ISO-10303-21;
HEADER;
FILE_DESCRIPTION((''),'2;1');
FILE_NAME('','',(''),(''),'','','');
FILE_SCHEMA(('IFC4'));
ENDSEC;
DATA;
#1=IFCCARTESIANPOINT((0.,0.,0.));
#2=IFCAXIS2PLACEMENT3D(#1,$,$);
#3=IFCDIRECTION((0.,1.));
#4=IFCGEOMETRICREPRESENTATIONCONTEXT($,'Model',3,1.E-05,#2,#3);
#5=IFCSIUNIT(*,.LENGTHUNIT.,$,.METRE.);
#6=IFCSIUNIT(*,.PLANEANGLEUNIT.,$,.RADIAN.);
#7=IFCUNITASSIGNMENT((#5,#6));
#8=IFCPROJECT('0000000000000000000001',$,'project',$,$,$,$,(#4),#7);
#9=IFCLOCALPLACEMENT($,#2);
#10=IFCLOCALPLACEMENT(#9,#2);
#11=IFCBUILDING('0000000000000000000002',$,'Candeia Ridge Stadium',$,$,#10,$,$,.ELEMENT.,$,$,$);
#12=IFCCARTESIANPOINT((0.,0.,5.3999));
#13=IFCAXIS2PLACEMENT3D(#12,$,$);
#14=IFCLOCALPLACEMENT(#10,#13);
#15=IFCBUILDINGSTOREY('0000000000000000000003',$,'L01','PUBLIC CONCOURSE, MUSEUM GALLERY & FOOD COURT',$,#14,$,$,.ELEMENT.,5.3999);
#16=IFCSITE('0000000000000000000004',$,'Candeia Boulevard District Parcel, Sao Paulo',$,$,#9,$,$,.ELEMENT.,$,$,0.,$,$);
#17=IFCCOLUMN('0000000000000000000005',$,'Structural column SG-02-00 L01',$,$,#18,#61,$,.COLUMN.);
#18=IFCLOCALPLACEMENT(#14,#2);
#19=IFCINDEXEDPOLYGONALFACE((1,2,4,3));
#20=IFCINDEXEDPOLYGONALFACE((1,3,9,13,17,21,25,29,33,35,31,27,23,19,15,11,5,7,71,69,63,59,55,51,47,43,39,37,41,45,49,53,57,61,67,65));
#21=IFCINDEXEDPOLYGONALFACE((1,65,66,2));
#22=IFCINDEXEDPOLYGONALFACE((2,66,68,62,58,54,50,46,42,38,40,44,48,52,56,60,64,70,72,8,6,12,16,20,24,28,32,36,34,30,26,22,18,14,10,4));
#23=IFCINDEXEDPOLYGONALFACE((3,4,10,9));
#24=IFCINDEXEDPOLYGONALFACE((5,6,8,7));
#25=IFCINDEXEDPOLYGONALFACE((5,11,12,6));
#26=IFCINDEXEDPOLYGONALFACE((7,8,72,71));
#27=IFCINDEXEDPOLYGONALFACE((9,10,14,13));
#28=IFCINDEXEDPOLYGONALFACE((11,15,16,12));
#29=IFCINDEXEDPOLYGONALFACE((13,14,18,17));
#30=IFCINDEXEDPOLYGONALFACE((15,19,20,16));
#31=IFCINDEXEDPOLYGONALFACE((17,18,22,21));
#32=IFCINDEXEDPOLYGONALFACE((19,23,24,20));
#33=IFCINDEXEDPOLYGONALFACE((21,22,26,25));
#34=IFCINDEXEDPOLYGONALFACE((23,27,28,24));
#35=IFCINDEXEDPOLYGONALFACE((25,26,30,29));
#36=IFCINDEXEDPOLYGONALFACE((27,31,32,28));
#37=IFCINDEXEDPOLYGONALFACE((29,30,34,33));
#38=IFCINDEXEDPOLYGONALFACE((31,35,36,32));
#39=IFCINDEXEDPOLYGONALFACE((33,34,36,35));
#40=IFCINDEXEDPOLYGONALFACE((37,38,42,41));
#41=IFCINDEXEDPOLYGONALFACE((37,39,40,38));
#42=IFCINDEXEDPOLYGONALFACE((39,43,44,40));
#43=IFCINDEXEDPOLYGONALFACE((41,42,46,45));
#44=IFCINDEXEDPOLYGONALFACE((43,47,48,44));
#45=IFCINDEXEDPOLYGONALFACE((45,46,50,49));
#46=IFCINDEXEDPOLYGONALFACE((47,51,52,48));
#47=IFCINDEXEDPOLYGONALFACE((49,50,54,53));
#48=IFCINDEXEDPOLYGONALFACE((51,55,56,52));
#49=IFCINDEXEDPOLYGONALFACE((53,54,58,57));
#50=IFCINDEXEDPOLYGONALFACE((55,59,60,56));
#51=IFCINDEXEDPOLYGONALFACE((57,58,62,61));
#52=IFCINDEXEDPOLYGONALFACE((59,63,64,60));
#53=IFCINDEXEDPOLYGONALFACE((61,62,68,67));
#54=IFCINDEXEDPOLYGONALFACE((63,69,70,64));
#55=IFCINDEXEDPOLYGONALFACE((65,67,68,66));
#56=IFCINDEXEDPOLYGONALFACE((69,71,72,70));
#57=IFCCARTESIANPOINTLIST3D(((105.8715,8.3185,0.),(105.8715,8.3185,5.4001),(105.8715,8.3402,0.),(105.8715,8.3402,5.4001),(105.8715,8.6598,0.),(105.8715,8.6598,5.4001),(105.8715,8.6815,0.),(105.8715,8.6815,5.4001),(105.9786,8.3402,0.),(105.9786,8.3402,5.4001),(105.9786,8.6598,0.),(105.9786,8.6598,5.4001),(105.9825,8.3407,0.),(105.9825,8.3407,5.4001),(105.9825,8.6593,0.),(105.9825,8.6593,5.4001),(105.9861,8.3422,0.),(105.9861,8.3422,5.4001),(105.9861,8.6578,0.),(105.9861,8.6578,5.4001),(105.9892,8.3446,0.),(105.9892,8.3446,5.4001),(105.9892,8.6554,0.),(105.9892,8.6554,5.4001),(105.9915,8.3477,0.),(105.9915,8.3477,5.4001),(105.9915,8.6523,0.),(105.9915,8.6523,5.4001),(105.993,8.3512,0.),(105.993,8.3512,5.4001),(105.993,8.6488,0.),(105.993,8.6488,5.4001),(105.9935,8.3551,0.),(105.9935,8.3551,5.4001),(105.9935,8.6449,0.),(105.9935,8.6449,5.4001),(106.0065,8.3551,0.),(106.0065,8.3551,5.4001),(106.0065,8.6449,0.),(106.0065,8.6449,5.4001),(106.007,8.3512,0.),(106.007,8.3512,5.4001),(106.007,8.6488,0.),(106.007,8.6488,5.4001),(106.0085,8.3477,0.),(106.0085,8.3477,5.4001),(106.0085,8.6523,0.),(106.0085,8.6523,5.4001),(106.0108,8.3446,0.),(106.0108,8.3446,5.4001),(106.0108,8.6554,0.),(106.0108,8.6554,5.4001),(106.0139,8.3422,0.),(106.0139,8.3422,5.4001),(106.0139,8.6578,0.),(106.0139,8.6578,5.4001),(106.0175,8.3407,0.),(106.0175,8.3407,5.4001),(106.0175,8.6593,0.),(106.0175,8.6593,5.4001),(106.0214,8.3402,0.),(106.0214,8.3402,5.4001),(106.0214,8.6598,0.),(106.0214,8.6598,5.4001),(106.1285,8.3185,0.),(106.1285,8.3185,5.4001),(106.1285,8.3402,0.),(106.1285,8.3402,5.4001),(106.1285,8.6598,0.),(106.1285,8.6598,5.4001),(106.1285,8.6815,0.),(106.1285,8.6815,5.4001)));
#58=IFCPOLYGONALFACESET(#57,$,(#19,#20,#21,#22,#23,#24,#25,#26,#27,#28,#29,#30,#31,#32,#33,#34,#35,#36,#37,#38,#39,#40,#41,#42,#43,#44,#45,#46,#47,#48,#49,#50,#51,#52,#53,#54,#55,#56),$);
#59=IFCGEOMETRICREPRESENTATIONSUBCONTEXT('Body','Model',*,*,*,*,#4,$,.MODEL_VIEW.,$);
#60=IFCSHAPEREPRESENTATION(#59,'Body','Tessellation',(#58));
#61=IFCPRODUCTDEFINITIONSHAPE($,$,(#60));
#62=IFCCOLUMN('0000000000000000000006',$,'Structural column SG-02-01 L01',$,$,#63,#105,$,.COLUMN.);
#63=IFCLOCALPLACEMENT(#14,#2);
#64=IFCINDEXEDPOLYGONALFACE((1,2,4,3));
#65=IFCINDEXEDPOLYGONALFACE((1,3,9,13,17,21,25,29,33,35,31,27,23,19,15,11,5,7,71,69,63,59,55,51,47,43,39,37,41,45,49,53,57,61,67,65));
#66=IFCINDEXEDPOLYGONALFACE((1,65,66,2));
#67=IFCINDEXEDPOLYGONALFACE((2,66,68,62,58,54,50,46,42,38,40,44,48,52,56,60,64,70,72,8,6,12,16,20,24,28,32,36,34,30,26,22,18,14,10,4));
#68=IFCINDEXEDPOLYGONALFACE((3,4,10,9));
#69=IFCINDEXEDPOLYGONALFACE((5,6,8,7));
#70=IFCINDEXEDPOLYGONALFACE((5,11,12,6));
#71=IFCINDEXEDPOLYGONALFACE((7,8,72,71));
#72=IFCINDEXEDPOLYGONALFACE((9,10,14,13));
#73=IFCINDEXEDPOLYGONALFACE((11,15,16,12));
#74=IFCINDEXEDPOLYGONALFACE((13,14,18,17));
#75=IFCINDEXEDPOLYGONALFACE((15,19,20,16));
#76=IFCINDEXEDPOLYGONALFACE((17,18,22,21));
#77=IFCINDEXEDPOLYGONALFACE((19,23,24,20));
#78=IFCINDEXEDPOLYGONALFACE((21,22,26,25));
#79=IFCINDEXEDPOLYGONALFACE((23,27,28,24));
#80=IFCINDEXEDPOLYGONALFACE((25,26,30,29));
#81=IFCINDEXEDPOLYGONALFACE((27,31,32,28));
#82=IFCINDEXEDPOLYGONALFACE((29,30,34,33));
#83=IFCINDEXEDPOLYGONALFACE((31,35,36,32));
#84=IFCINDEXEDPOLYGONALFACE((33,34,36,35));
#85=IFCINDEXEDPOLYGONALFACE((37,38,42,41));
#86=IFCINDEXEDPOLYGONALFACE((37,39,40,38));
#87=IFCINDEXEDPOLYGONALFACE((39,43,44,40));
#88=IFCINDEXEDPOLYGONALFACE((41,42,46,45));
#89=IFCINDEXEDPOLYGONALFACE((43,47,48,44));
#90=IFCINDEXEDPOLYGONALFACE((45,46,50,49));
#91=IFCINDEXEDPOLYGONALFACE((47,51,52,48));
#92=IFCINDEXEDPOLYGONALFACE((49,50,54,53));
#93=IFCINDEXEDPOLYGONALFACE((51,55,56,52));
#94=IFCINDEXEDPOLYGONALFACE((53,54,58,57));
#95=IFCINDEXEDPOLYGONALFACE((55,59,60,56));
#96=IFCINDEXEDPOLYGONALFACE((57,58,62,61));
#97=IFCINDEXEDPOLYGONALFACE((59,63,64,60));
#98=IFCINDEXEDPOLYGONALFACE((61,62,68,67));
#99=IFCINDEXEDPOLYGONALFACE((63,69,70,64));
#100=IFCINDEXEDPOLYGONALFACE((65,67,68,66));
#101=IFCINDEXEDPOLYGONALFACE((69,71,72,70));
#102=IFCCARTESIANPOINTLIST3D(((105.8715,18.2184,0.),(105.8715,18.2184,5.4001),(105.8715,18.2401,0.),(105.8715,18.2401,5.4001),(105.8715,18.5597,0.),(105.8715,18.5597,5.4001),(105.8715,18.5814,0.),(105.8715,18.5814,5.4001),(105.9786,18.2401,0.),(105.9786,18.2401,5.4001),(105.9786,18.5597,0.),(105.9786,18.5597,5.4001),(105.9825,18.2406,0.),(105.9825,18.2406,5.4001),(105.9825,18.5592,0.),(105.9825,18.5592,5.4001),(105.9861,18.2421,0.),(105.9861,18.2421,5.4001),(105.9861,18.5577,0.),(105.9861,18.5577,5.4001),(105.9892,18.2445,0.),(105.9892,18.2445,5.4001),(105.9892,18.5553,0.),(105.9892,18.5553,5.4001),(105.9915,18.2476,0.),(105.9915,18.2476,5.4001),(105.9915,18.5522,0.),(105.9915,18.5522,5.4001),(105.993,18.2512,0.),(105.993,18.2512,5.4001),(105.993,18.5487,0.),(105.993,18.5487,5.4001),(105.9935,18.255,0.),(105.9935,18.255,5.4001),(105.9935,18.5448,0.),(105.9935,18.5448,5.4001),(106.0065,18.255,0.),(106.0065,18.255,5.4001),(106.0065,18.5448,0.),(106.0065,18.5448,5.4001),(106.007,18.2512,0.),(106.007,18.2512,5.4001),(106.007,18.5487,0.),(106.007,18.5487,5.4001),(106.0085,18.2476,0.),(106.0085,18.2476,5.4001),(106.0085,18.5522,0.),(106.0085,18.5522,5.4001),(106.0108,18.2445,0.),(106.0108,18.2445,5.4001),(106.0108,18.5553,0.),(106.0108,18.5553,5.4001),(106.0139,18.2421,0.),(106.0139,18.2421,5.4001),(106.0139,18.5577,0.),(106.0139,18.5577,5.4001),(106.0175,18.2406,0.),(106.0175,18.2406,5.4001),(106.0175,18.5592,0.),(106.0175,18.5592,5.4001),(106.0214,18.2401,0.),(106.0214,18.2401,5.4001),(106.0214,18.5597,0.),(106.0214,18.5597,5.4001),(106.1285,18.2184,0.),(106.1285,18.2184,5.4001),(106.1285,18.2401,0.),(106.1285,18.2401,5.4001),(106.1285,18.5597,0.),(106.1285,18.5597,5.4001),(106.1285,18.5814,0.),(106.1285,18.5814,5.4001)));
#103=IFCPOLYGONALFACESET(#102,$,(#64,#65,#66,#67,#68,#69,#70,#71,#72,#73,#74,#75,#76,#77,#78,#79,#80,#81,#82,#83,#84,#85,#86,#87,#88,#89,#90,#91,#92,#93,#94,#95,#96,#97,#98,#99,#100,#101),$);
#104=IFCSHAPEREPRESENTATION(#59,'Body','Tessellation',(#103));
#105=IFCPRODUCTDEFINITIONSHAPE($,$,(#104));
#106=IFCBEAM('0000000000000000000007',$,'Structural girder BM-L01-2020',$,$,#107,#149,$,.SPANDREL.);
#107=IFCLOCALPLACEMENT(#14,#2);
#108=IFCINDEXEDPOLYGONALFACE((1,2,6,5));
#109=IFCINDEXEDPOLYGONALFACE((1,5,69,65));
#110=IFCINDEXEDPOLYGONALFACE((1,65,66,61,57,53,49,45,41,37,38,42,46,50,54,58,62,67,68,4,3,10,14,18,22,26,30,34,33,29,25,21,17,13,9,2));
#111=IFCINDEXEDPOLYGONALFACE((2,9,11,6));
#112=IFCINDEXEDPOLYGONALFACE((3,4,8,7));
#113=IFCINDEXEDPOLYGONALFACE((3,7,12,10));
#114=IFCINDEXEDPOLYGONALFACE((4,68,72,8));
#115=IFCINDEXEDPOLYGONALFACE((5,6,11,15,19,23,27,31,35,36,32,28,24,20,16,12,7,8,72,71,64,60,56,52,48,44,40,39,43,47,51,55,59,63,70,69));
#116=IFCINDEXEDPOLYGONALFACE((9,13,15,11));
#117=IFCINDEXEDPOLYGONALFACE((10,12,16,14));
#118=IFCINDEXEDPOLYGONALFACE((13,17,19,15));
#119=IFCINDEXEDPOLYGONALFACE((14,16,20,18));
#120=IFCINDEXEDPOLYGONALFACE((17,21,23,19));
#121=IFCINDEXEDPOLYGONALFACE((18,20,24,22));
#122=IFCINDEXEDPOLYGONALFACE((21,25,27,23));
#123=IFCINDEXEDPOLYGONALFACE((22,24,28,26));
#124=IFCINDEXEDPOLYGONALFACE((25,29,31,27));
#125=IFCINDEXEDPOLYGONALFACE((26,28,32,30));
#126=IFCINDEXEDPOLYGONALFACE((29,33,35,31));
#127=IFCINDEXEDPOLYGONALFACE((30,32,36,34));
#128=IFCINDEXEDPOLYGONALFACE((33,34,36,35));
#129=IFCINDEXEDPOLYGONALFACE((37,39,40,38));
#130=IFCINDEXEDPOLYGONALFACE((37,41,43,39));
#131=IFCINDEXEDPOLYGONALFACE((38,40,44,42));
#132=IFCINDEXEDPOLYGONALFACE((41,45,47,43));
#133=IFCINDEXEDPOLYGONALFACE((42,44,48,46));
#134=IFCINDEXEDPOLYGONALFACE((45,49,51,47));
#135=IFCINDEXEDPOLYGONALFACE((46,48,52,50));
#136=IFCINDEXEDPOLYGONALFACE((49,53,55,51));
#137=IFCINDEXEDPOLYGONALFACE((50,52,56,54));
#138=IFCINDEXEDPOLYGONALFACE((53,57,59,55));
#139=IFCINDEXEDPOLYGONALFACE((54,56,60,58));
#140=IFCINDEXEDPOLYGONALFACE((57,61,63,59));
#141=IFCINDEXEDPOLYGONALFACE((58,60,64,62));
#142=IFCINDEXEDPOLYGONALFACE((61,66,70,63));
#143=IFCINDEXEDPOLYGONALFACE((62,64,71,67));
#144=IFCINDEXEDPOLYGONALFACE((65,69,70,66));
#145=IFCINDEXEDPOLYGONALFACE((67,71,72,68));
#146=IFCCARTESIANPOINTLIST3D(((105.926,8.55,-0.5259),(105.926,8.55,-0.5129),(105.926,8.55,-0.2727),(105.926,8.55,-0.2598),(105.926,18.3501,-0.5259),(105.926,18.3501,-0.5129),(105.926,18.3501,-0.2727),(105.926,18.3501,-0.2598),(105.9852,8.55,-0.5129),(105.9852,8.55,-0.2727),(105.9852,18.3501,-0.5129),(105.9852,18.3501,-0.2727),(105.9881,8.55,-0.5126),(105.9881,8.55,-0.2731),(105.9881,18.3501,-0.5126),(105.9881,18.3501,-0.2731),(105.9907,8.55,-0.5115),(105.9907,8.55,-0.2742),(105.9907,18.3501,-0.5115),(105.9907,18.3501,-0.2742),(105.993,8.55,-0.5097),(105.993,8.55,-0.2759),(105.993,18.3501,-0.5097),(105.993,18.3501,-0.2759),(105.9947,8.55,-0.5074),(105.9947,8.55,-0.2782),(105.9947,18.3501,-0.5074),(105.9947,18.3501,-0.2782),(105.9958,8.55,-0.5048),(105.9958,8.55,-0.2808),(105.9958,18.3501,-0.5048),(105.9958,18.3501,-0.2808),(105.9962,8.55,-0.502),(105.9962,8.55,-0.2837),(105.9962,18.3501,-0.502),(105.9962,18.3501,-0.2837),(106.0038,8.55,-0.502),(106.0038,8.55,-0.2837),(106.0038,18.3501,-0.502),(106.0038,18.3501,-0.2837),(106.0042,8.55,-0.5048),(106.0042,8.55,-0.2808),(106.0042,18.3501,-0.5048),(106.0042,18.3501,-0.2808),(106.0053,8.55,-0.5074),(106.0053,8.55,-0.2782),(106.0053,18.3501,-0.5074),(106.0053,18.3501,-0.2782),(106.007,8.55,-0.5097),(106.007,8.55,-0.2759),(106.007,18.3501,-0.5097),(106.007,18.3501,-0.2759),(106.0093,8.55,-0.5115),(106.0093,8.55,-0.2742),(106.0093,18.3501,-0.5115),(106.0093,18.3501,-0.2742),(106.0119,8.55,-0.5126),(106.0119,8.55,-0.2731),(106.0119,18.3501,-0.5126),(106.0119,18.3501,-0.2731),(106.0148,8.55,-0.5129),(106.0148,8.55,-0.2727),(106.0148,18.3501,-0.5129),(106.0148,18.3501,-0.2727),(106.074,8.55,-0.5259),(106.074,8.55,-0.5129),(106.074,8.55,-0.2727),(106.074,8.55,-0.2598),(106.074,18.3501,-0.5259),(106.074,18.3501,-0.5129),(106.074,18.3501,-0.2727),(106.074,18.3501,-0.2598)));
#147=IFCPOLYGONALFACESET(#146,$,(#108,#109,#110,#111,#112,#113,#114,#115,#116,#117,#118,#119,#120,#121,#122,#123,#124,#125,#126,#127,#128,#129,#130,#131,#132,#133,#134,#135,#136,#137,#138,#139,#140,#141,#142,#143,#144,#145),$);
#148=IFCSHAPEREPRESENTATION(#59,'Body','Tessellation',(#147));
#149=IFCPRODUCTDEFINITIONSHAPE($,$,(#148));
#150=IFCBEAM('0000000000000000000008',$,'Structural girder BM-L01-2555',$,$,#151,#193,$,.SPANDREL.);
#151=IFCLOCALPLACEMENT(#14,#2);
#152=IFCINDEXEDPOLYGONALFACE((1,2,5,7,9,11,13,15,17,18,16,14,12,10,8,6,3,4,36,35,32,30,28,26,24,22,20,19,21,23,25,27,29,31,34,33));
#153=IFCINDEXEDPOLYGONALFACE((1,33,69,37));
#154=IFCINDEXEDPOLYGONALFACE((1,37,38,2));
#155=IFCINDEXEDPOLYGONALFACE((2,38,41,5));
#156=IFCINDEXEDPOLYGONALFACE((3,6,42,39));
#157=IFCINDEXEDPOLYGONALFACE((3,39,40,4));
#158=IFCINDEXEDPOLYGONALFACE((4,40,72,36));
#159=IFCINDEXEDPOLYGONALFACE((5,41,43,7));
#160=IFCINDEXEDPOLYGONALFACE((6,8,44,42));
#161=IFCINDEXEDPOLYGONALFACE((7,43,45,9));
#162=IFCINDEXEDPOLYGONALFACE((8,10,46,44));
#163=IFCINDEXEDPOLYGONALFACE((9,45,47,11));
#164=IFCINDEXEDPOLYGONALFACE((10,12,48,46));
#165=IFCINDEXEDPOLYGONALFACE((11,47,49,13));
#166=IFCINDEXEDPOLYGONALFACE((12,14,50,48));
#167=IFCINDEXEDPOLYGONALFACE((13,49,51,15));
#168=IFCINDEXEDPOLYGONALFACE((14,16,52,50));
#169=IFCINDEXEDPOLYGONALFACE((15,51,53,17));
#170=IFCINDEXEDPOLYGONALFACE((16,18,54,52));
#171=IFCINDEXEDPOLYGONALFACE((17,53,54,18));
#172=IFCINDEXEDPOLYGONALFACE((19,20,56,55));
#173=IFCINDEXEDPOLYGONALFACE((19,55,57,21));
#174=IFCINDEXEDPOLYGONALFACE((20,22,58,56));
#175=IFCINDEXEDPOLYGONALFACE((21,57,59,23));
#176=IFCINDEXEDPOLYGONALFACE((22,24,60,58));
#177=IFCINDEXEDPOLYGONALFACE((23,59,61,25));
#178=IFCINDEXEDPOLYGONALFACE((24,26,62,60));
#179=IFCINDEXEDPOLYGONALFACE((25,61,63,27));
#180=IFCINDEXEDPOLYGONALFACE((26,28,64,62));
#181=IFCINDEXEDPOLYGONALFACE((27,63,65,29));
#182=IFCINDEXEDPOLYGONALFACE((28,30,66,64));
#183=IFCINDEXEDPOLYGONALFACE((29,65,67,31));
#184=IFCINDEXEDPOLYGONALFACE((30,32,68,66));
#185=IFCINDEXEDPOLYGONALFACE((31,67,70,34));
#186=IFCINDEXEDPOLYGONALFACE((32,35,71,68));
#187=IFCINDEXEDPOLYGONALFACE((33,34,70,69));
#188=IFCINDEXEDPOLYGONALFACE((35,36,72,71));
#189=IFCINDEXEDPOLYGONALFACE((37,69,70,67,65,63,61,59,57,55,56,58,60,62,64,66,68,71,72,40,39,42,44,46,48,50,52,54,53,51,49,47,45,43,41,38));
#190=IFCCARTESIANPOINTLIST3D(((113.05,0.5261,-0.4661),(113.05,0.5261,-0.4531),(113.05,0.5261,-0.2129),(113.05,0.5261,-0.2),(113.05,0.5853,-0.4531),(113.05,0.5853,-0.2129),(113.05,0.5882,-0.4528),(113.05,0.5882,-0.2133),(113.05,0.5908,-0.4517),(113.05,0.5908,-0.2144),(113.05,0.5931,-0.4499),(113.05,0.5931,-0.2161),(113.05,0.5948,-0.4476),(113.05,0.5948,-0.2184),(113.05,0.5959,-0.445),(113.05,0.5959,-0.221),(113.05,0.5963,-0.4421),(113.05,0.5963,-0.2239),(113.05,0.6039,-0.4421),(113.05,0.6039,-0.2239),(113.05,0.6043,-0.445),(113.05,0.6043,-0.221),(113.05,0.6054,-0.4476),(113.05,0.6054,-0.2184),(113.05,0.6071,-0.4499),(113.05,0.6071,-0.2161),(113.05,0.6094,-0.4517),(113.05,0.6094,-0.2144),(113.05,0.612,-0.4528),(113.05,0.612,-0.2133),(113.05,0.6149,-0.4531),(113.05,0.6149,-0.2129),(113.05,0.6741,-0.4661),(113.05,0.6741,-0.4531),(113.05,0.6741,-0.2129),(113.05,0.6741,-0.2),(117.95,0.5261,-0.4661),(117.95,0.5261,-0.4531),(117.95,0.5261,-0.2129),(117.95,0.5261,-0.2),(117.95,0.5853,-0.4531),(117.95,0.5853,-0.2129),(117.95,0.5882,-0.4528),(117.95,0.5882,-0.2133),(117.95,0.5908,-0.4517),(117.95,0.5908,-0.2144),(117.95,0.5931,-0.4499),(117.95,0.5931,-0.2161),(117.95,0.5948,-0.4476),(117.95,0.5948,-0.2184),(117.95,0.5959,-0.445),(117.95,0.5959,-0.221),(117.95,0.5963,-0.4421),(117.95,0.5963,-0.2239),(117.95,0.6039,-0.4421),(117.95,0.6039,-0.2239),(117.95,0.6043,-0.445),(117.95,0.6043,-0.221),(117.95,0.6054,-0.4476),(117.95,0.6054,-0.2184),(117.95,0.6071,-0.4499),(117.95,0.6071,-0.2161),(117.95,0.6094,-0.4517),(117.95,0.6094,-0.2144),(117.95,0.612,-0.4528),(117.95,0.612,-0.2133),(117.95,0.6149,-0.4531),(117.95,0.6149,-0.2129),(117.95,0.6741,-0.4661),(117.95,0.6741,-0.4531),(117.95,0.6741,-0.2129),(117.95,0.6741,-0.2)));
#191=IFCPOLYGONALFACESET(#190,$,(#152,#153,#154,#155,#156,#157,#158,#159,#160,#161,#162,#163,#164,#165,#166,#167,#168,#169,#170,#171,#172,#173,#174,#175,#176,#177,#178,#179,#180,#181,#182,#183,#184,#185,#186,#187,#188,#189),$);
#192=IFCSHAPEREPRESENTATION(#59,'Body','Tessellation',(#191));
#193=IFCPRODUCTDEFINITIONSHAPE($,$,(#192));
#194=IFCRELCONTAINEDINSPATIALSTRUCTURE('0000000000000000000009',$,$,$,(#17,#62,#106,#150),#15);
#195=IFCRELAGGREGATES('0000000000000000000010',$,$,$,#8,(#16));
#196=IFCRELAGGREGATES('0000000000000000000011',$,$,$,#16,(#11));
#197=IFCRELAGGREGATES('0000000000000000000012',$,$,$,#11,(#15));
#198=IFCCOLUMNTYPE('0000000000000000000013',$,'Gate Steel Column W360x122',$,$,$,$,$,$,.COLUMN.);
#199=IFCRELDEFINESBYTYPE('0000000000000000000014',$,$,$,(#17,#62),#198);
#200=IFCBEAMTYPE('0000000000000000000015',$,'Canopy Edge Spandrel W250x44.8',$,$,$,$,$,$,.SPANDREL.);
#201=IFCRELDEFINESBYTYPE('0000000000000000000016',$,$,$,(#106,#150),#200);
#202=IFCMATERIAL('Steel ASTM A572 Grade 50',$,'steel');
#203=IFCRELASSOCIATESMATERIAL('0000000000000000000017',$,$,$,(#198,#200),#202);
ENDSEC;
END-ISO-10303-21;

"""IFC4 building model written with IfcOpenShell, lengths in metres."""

from ifc_helpers import new_model, si_unit, direction, frame, origin, origin_2d, place, context, subcontext, project, spatial, i_section, extrude, material, material_profile, profile_set, type_object, element, save


model = new_model("IFC4")

# Units and contexts
model_context = context("Model", 3, precision=1e-05, world=origin(), true_north=direction((0.0, 1.0)))
body_context = subcontext(model_context, "Body", "Model", "MODEL_VIEW")
ifc_project = project(units=[si_unit("LENGTHUNIT", "METRE"), si_unit("PLANEANGLEUNIT", "RADIAN")], contexts=[model_context])

# Site, building, storey
site_placement = place(None, origin())
site = spatial("IfcSite", under=ifc_project, at=site_placement, Name="Candeia Boulevard District Parcel, Sao Paulo", CompositionType="ELEMENT", RefElevation=0.0)
building_placement = place(site_placement, origin())
building = spatial("IfcBuilding", under=site, at=building_placement, Name="Candeia Ridge Stadium", CompositionType="ELEMENT")
storey_placement = place(building_placement, frame((0.0, 0.0, 5.3999)))
storey = spatial("IfcBuildingStorey", under=building, at=storey_placement, Name="L01", Description="PUBLIC CONCOURSE, MUSEUM GALLERY & FOOD COURT", CompositionType="ELEMENT", Elevation=5.3999)

# Columns
ifc_material_1 = material(Name="Steel ASTM A572 Grade 50", Category="steel")
ifc_material_profile_1 = material_profile(ifc_material_1, i_section(OverallWidth=0.2571, OverallDepth=0.363, WebThickness=0.0129, FlangeThickness=0.0217, FilletRadius=0.0149, at=origin_2d()), Name="W360x122", Category="steel")
ifc_profile_set_1 = profile_set([ifc_material_profile_1], Name="Steel ASTM A572 Grade 50")
column_type = type_object("IfcColumnType", Name="Gate Steel Column W360x122", PredefinedType="COLUMN", material=ifc_profile_set_1)
for number, where, z_axis, x_axis, name in (
    (1, (106.0, 8.5, 0.0), (0.0, 0.0, 1.0), (1.0, 0.0, 0.0), "Structural column SG-02-00 L01"),
    (2, (106.0, 18.3999, 0.0), (0.0, 0.0, 1.0), (1.0, 0.0, 0.0), "Structural column SG-02-01 L01"),
):
    element("IfcColumn", number, at=place(storey_placement, frame(where, z_axis=z_axis, x_axis=x_axis)), inside=storey, type_object=column_type, Name=name, PredefinedType="COLUMN", context=body_context, shape_type="SweptSolid", body=[
        extrude(i_section(OverallWidth=0.2571, OverallDepth=0.363, WebThickness=0.0129, FlangeThickness=0.0217, FilletRadius=0.0149, at=origin_2d()), origin(), (0.0, 0.0, 1.0), 5.4001),
    ])

# Beams
ifc_material_profile_2 = material_profile(ifc_material_1, i_section(OverallWidth=0.1479, OverallDepth=0.2661, WebThickness=0.0076, FlangeThickness=0.0129, FilletRadius=0.011, at=origin_2d()), Name="W250x44.8", Category="steel")
ifc_profile_set_2 = profile_set([ifc_material_profile_2], Name="Steel ASTM A572 Grade 50")
beam_type_1 = type_object("IfcBeamType", Name="Canopy Edge Spandrel W250x44.8", PredefinedType="SPANDREL", material=ifc_profile_set_2)
beam_1_placement = place(storey_placement, frame((106.0, 8.55, -0.3928), z_axis=(0.0, 1.0, 0.0), x_axis=(-1.0, 0.0, 0.0)))
element("IfcBeam", 3, at=beam_1_placement, inside=storey, type_object=beam_type_1, Name="Structural girder BM-L01-2020", PredefinedType="SPANDREL", context=body_context, shape_type="SweptSolid", body=[
    extrude(i_section(OverallWidth=0.1479, OverallDepth=0.2661, WebThickness=0.0076, FlangeThickness=0.0129, FilletRadius=0.011, at=origin_2d()), origin(), (0.0, 0.0, 1.0), 9.8),
])
beam_2_placement = place(storey_placement, frame((113.05, 0.6001, -0.333), z_axis=(1.0, 0.0, 0.0), x_axis=(0.0, 1.0, 0.0)))
element("IfcBeam", 4, at=beam_2_placement, inside=storey, type_object=beam_type_1, Name="Structural girder BM-L01-2555", PredefinedType="SPANDREL", context=body_context, shape_type="SweptSolid", body=[
    extrude(i_section(OverallWidth=0.1479, OverallDepth=0.2661, WebThickness=0.0076, FlangeThickness=0.0129, FilletRadius=0.011, at=origin_2d()), origin(), (0.0, 0.0, 1.0), 4.8999),
])

save(model, "model.ifc")
